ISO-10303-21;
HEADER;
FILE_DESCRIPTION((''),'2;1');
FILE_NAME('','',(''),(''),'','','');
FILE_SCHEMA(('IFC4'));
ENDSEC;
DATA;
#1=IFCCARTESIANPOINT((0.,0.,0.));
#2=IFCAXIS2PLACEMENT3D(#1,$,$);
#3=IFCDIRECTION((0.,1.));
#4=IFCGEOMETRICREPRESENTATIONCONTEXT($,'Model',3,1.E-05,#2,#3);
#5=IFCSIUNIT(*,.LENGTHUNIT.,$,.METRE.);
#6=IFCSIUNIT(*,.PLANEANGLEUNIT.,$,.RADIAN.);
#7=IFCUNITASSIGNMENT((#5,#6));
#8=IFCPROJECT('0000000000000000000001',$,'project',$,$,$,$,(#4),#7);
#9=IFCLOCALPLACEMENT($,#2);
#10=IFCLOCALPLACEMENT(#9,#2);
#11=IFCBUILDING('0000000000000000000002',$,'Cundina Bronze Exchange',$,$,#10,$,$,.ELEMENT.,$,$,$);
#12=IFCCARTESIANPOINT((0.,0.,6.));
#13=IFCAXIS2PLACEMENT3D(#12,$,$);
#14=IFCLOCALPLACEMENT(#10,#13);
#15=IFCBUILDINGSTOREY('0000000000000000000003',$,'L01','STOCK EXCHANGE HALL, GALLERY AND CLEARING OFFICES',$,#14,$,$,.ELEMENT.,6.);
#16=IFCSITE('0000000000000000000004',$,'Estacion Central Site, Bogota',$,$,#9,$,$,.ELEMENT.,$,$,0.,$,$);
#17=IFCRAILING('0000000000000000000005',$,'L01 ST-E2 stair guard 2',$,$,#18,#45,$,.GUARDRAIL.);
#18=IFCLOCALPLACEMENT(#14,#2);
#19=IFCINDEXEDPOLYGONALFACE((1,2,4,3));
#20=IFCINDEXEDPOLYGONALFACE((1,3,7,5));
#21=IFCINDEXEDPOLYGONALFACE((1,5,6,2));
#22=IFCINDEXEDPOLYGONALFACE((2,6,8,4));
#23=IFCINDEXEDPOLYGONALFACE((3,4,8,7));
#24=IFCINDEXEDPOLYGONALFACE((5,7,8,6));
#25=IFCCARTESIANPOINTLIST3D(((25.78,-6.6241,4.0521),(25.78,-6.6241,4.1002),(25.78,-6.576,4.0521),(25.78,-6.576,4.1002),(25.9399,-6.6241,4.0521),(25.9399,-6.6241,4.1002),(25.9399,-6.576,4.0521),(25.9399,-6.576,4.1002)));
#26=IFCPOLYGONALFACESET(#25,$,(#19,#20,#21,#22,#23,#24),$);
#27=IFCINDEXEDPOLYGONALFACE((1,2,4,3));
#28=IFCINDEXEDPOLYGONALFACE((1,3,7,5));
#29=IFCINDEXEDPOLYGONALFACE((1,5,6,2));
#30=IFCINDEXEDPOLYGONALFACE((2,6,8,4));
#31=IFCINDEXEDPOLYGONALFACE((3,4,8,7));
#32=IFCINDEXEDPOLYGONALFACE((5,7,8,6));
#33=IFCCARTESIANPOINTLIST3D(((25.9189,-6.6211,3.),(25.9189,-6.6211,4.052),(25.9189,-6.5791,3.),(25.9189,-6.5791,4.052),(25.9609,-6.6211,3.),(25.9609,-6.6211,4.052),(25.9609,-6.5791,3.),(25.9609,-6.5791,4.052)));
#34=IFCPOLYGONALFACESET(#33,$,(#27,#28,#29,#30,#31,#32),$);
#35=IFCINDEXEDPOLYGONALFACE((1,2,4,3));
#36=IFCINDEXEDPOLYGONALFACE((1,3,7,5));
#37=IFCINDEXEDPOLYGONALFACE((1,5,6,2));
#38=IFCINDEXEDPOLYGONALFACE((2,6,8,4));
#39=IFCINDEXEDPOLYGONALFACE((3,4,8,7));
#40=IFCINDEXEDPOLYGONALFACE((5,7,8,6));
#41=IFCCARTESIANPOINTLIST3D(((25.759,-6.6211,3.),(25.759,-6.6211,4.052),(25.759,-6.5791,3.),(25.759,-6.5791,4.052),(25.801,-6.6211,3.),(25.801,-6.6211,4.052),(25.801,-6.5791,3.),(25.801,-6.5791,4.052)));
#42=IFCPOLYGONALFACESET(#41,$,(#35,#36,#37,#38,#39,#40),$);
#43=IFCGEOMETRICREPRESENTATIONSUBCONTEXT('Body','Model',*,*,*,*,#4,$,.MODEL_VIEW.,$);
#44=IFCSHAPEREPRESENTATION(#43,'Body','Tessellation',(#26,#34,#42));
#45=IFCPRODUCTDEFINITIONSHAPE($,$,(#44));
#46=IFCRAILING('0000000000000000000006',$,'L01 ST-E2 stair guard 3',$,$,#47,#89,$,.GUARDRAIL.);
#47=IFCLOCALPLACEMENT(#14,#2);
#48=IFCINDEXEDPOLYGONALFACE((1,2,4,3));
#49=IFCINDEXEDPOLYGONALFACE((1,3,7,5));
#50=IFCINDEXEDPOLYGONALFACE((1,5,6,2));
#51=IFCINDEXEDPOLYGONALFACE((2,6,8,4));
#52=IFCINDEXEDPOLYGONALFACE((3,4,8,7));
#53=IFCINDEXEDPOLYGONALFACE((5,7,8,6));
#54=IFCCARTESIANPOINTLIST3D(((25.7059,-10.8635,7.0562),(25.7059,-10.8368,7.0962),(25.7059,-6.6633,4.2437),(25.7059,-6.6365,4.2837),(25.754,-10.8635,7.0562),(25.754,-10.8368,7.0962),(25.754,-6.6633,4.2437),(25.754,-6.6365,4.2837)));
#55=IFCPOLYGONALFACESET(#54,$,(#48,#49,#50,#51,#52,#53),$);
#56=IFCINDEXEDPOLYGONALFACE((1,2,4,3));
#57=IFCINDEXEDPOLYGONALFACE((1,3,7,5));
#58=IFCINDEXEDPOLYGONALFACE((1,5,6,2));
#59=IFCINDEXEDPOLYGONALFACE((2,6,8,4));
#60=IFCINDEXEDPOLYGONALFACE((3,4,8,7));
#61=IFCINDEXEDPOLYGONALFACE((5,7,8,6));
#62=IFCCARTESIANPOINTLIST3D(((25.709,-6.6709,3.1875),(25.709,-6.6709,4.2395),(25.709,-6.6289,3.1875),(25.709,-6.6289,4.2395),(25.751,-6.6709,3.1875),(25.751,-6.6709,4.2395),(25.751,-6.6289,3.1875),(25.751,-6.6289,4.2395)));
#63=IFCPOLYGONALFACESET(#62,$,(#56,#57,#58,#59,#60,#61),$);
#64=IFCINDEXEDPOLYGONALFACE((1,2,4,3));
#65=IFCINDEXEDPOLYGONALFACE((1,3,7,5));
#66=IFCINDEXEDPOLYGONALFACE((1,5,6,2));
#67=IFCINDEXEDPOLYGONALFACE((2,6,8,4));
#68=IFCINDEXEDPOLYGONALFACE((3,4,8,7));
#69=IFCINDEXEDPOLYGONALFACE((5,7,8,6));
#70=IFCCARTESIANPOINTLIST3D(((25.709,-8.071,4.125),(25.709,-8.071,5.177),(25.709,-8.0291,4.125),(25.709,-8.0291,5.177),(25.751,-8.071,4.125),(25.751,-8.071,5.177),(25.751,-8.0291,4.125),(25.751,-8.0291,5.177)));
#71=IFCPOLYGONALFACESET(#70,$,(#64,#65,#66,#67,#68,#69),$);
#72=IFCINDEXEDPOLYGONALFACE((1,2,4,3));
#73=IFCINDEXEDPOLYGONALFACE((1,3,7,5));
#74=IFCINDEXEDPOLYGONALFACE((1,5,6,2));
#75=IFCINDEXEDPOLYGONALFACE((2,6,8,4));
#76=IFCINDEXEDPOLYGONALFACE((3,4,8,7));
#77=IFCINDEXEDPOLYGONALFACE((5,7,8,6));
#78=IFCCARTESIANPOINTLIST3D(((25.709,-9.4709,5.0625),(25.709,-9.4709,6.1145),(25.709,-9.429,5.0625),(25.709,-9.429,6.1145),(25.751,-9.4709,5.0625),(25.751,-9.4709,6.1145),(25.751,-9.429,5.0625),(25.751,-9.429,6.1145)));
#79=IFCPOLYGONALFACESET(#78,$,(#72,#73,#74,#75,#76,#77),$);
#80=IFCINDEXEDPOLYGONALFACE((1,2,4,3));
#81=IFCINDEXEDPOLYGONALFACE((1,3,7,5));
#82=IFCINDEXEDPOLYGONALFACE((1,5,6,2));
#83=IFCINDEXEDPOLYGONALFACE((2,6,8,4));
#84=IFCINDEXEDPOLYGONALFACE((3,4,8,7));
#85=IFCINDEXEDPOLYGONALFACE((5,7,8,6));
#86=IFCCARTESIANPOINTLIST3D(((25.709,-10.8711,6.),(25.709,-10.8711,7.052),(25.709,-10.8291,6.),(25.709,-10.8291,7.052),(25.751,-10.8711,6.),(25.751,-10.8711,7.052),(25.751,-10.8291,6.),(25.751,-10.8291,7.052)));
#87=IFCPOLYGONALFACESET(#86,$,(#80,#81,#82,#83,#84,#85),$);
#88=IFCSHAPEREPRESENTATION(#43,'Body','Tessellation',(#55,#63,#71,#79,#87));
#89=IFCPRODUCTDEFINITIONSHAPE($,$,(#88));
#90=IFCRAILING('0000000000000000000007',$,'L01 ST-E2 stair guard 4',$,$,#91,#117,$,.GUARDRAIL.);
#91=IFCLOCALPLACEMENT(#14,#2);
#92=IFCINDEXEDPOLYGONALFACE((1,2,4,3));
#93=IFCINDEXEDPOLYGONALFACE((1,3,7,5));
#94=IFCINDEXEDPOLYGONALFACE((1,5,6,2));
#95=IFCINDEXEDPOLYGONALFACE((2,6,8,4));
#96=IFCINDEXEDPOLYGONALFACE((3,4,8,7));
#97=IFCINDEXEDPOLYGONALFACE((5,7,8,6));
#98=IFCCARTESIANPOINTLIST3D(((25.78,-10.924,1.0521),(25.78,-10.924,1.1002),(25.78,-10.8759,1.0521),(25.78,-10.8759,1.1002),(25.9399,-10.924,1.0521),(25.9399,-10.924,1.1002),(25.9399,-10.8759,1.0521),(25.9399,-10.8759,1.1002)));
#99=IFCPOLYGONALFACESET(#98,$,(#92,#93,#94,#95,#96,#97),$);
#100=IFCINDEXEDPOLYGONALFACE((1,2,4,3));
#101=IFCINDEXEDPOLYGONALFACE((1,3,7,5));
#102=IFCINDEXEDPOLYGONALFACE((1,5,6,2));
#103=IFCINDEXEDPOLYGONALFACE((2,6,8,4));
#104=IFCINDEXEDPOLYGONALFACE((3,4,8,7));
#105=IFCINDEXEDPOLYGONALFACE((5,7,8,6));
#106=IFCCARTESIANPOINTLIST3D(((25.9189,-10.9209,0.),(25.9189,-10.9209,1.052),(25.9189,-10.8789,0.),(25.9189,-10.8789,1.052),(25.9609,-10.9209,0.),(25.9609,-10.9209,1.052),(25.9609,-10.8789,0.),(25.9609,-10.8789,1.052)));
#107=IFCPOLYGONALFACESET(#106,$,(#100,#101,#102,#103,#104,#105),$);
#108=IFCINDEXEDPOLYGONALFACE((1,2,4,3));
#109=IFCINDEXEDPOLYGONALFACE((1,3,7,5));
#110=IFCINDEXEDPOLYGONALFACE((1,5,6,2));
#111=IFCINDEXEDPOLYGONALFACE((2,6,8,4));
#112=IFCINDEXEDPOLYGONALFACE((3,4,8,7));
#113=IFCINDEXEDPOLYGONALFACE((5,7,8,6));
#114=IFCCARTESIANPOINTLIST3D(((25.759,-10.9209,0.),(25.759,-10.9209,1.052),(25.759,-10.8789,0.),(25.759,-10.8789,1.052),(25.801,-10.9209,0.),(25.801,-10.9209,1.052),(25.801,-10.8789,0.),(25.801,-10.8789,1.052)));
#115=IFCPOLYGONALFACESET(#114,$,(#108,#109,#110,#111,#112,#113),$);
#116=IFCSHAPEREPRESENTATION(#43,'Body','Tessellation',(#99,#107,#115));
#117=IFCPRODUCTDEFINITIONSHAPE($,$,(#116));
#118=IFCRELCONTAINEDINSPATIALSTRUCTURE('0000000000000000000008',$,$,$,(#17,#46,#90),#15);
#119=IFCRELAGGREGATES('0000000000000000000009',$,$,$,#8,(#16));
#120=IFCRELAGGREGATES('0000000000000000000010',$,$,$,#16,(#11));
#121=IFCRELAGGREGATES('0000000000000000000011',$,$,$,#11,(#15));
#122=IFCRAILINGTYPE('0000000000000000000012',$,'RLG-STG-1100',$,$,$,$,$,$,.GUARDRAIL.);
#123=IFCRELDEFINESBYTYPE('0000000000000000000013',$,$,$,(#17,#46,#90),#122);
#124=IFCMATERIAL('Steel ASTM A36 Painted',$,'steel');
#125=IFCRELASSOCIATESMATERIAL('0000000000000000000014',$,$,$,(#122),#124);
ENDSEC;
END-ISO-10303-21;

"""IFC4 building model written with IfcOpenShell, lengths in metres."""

from ifc_helpers import new_model, si_unit, direction, frame, origin, origin_2d, place, context, subcontext, project, spatial, rectangle, extrude, material, type_object, element, save


model = new_model("IFC4")

# Units and contexts
model_context = context("Model", 3, precision=1e-05, world=origin(), true_north=direction((0.0, 1.0)))
body_context = subcontext(model_context, "Body", "Model", "MODEL_VIEW")
ifc_project = project(units=[si_unit("LENGTHUNIT", "METRE"), si_unit("PLANEANGLEUNIT", "RADIAN")], contexts=[model_context])

# Site, building, storey
site_placement = place(None, origin())
site = spatial("IfcSite", under=ifc_project, at=site_placement, Name="Estacion Central Site, Bogota", CompositionType="ELEMENT", RefElevation=0.0)
building_placement = place(site_placement, origin())
building = spatial("IfcBuilding", under=site, at=building_placement, Name="Cundina Bronze Exchange", CompositionType="ELEMENT")
storey_placement = place(building_placement, frame((0.0, 0.0, 6.0)))
storey = spatial("IfcBuildingStorey", under=building, at=storey_placement, Name="L01", Description="STOCK EXCHANGE HALL, GALLERY AND CLEARING OFFICES", CompositionType="ELEMENT", Elevation=6.0)

# Shared definitions
ifc_material_1 = material(Name="Steel ASTM A36 Painted", Category="steel")

# Railings
railing_type_1 = type_object("IfcRailingType", Name="RLG-STG-1100", PredefinedType="GUARDRAIL", material=ifc_material_1)
railing_1_placement = place(storey_placement, frame((25.9399, -6.6001, 3.0)))
element("IfcRailing", 1, at=railing_1_placement, inside=storey, type_object=railing_type_1, Name="L01 ST-E2 stair guard 2", PredefinedType="GUARDRAIL", context=body_context, shape_type="SweptSolid", body=[
    extrude(rectangle(XDim=0.0481, YDim=0.0481, at=origin_2d()), frame((0.0, 0.0, 1.0762), z_axis=(-1.0, 0.0, 0.0), x_axis=(0.0, -1.0, 0.0)), (0.0, 0.0, 1.0), 0.1599),
    extrude(rectangle(XDim=0.042, YDim=0.042, at=origin_2d()), origin(), (0.0, 0.0, 1.0), 1.052),
    extrude(rectangle(XDim=0.042, YDim=0.042, at=origin_2d()), frame((-0.1599, 0.0, 0.0)), (0.0, 0.0, 1.0), 1.052),
])
railing_2_placement = place(storey_placement, frame((25.73, -6.6499, 3.1875)))
element("IfcRailing", 2, at=railing_2_placement, inside=storey, type_object=railing_type_1, Name="L01 ST-E2 stair guard 3", PredefinedType="GUARDRAIL", context=body_context, shape_type="SweptSolid", body=[
    extrude(rectangle(XDim=0.0481, YDim=0.0481, at=origin_2d()), frame((0.0, 0.0, 1.0762), z_axis=(0.0, -0.830919, 0.556393), x_axis=(1.0, 0.0, 0.0)), (0.0, 0.0, 1.0), 5.0549),
    extrude(rectangle(XDim=0.042, YDim=0.042, at=origin_2d()), origin(), (0.0, 0.0, 1.0), 1.052),
    extrude(rectangle(XDim=0.042, YDim=0.042, at=origin_2d()), frame((0.0, -1.4001, 0.9375)), (0.0, 0.0, 1.0), 1.052),
    extrude(rectangle(XDim=0.042, YDim=0.042, at=origin_2d()), frame((0.0, -2.8, 1.875)), (0.0, 0.0, 1.0), 1.052),
    extrude(rectangle(XDim=0.042, YDim=0.042, at=origin_2d()), frame((0.0, -4.2002, 2.8125)), (0.0, 0.0, 1.0), 1.052),
])
railing_3_placement = place(storey_placement, frame((25.9399, -10.8999, 0.0)))
element("IfcRailing", 3, at=railing_3_placement, inside=storey, type_object=railing_type_1, Name="L01 ST-E2 stair guard 4", PredefinedType="GUARDRAIL", context=body_context, shape_type="SweptSolid", body=[
    extrude(rectangle(XDim=0.0481, YDim=0.0481, at=origin_2d()), frame((0.0, 0.0, 1.0762), z_axis=(-1.0, 0.0, 0.0), x_axis=(0.0, -1.0, 0.0)), (0.0, 0.0, 1.0), 0.1599),
    extrude(rectangle(XDim=0.042, YDim=0.042, at=origin_2d()), origin(), (0.0, 0.0, 1.0), 1.052),
    extrude(rectangle(XDim=0.042, YDim=0.042, at=origin_2d()), frame((-0.1599, 0.0, 0.0)), (0.0, 0.0, 1.0), 1.052),
])

save(model, "model.ifc")
